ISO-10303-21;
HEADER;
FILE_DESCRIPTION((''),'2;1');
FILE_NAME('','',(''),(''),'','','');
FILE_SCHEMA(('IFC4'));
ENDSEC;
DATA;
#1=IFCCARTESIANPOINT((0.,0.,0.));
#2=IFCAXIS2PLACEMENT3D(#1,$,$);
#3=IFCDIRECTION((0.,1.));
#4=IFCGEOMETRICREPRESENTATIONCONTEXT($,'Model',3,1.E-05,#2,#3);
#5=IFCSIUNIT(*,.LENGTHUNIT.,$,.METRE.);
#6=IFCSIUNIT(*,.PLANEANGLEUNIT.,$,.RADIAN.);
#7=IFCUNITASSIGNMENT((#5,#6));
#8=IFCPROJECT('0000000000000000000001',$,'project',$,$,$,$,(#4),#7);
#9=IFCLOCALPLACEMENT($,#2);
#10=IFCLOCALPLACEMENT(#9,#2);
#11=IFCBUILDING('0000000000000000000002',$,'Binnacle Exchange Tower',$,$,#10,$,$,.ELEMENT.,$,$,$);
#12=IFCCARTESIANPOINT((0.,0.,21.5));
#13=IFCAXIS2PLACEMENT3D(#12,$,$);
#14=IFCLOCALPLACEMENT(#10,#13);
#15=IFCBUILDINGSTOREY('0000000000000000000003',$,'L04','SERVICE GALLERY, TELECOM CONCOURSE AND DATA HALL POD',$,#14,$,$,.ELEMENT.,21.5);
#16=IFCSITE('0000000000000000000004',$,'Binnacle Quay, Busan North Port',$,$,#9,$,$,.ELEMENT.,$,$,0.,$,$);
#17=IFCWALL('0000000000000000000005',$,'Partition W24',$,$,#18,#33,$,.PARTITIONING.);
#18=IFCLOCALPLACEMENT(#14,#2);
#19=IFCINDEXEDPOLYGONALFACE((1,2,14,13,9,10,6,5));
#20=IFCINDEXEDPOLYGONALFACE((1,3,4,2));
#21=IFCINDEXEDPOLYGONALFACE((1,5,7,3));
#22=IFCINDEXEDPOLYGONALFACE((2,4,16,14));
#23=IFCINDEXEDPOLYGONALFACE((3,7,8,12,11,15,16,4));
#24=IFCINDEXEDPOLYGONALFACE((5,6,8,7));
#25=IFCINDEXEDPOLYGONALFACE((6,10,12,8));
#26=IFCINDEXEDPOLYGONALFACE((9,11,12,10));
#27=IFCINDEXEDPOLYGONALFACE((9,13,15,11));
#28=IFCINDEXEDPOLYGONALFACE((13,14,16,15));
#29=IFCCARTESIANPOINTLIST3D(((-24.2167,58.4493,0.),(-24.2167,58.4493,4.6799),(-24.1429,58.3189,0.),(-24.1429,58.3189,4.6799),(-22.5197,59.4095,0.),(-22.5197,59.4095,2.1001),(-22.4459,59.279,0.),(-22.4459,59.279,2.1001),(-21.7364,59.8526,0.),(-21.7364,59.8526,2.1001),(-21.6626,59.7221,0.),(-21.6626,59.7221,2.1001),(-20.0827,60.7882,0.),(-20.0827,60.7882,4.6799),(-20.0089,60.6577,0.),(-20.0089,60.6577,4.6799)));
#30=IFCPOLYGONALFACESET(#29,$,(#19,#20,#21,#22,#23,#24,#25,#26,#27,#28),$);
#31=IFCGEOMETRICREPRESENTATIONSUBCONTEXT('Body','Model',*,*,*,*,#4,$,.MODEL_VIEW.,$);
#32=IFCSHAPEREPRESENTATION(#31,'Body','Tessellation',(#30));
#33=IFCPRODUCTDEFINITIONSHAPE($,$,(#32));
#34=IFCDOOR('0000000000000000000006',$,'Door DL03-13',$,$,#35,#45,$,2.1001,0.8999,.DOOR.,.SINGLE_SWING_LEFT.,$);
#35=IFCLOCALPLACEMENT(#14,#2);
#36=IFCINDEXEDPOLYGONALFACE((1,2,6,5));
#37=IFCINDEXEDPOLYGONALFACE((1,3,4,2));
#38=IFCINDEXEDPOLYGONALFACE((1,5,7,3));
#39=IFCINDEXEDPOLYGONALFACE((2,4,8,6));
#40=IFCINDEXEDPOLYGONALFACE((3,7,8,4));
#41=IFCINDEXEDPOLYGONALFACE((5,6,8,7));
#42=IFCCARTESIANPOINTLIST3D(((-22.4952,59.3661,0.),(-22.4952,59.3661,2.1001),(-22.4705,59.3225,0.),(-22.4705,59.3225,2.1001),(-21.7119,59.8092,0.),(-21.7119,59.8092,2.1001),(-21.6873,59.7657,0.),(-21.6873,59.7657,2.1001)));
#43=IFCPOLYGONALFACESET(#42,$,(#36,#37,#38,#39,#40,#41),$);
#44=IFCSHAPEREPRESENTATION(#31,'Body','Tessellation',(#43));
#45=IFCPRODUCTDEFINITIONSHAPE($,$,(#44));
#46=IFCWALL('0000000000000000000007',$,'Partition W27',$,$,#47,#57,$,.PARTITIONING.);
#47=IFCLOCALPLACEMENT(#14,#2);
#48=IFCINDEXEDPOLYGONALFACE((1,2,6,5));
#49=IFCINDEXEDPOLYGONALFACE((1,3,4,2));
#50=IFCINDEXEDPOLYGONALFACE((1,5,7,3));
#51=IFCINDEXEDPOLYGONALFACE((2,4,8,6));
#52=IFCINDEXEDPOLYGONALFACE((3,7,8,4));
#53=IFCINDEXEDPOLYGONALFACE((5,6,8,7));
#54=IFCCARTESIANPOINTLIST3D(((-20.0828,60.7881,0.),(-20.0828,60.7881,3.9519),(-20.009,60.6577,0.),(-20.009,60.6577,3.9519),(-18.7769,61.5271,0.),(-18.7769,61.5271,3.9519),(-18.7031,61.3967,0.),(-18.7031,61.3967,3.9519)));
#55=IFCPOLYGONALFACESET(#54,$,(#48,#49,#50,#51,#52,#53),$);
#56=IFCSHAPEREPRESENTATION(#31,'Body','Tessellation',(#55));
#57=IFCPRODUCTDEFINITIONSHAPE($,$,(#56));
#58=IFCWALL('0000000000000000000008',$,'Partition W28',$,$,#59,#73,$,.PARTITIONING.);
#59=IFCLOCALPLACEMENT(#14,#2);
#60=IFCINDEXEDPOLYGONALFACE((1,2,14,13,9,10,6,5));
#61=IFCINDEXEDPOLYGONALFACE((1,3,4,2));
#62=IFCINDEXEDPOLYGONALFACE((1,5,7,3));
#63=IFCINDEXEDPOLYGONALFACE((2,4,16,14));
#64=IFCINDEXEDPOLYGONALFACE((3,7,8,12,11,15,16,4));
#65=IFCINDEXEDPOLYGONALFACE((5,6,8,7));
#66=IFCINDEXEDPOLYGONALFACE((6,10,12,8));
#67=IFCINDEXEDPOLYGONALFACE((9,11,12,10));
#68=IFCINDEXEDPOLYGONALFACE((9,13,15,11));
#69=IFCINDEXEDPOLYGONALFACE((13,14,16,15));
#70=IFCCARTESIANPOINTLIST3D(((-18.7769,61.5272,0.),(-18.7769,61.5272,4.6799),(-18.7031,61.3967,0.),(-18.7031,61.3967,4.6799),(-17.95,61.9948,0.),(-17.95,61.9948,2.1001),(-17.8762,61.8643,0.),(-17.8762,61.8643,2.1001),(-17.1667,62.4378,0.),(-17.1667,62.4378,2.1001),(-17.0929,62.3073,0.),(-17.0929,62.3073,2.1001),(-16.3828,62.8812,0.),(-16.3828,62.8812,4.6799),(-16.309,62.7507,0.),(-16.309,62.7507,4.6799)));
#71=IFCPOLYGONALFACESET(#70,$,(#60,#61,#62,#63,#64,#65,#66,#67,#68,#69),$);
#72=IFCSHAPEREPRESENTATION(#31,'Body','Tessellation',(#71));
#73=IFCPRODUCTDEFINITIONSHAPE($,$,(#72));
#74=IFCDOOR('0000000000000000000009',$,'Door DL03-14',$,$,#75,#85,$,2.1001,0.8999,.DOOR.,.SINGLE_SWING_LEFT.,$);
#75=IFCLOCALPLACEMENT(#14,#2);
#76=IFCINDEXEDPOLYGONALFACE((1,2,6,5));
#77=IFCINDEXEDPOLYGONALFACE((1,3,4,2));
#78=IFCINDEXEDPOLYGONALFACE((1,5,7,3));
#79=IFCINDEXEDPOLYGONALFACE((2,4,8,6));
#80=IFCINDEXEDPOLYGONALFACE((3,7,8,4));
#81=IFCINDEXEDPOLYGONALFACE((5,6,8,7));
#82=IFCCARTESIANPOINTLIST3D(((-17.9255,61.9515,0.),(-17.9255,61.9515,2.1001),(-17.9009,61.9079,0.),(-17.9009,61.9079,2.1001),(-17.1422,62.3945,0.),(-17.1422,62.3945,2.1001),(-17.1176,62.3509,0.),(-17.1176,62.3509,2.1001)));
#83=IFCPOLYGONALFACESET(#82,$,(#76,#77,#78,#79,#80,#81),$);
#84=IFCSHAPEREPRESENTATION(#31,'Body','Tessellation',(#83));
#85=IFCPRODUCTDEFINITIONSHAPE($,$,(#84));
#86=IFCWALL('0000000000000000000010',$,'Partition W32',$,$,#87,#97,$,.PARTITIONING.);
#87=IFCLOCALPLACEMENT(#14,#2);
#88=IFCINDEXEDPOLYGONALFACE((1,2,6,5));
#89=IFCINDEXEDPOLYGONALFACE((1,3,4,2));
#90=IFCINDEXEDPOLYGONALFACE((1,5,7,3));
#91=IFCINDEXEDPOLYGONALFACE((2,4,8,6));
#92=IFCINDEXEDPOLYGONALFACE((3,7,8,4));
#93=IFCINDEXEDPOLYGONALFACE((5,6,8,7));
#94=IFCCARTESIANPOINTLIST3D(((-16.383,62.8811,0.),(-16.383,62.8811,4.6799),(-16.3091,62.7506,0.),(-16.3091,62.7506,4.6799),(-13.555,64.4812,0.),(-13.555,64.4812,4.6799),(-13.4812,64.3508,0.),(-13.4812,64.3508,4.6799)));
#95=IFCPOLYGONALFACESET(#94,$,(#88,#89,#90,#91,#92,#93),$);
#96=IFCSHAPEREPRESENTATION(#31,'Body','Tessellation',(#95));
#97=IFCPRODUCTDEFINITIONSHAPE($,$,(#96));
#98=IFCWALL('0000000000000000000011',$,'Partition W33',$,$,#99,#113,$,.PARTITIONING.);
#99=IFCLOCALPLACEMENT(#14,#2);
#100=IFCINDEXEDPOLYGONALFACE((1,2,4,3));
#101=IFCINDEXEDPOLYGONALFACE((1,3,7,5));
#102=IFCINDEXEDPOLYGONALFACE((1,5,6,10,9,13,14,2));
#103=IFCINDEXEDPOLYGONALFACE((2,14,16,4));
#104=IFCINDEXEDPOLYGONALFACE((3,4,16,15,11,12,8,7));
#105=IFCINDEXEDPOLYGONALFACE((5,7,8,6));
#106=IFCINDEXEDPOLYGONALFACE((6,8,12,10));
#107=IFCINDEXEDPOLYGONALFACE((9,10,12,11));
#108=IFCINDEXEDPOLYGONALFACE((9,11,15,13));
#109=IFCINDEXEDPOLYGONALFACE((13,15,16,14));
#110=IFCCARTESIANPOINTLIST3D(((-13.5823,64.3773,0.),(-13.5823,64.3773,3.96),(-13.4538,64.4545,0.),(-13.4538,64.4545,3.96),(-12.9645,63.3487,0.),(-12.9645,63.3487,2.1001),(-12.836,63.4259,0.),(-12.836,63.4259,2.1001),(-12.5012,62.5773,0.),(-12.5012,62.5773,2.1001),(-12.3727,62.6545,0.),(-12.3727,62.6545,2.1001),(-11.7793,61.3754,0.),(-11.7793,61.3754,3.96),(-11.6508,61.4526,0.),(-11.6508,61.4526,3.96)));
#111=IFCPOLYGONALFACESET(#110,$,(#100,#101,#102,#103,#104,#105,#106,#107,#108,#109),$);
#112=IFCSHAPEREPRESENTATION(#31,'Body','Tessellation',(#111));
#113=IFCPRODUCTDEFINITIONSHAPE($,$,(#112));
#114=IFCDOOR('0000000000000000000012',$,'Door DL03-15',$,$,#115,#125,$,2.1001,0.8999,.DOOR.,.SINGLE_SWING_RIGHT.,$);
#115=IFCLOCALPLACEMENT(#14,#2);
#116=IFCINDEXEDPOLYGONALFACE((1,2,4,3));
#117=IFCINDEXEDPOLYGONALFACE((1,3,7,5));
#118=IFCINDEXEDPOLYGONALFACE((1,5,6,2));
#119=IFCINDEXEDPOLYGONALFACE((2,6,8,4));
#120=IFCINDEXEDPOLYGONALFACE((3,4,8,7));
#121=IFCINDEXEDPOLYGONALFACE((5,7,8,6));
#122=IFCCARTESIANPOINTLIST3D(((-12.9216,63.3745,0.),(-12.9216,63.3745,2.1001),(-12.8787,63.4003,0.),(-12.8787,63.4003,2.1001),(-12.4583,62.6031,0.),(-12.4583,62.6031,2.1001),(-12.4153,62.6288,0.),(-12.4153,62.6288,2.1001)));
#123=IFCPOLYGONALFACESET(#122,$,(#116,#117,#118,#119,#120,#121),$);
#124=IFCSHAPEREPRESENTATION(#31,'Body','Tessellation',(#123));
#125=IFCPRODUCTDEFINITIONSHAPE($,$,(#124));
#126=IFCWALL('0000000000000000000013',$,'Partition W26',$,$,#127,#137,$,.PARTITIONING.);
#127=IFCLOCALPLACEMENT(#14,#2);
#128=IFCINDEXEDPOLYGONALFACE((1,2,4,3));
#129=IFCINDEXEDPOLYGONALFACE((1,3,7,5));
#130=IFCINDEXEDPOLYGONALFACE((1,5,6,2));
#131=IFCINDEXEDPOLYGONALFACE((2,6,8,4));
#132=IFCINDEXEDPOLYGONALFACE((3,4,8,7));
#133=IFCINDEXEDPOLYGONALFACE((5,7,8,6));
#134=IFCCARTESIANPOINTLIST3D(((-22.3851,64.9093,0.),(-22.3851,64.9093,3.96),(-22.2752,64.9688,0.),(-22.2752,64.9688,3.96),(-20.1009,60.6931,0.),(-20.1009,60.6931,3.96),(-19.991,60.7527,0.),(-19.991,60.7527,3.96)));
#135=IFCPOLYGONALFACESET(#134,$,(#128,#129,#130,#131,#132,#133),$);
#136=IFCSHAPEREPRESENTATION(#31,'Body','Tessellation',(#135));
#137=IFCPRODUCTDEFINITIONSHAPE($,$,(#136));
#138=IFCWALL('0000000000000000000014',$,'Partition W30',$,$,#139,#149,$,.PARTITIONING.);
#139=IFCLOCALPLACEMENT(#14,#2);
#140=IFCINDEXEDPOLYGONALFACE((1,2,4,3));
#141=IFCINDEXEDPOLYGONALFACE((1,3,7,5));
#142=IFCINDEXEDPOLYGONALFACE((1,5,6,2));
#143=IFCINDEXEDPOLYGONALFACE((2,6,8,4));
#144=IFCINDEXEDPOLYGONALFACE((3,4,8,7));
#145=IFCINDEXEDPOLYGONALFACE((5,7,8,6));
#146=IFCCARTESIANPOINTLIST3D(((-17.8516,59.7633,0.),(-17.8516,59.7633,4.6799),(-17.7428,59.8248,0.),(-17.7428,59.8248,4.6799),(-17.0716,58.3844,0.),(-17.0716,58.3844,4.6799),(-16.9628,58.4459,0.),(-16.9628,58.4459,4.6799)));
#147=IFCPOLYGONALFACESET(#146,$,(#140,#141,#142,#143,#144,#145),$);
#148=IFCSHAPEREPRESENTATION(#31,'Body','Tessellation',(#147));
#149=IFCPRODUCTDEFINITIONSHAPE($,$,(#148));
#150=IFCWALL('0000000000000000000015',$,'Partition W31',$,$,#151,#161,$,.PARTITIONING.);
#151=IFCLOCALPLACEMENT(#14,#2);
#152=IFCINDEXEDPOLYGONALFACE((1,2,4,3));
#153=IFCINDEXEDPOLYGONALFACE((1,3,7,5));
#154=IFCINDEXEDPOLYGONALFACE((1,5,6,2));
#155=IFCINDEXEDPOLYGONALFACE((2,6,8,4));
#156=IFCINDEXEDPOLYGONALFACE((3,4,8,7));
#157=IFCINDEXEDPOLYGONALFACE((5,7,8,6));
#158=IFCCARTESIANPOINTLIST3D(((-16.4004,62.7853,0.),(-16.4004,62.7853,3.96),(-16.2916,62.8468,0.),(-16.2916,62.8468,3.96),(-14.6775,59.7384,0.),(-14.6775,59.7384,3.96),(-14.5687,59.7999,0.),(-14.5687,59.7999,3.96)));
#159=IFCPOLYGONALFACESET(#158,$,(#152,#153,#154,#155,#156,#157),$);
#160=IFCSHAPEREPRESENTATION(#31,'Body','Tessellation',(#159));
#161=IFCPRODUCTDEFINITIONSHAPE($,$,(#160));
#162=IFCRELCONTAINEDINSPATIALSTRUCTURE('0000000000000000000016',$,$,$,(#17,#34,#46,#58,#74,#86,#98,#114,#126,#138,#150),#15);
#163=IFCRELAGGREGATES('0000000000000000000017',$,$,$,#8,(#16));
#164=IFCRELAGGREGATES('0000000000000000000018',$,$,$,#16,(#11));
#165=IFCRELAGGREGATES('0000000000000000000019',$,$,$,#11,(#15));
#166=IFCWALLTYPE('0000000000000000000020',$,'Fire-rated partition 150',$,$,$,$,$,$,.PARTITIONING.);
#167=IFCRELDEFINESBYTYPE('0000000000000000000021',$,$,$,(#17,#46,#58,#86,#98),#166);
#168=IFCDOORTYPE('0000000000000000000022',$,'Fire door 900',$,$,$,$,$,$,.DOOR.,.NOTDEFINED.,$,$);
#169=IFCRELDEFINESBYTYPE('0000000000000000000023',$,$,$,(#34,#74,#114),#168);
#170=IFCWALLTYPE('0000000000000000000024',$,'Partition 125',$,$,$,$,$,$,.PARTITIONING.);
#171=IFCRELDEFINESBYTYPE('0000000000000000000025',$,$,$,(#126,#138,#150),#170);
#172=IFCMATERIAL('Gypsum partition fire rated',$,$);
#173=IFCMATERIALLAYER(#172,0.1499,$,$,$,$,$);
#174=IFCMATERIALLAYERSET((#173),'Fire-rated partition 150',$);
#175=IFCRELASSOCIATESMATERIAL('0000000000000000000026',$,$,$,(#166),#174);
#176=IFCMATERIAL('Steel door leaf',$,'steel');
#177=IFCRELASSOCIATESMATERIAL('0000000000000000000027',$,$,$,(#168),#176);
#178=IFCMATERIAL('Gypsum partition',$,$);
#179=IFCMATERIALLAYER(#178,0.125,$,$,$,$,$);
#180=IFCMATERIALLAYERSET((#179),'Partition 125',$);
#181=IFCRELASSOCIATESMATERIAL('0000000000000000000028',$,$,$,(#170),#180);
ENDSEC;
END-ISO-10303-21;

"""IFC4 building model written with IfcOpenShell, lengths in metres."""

from ifc_helpers import new_model, si_unit, direction, frame, frame_2d, origin, place, context, subcontext, project, spatial, rectangle, extrude, material, layer, layer_set, type_object, element, fill, save


model = new_model("IFC4")

# Units and contexts
model_context = context("Model", 3, precision=1e-05, world=origin(), true_north=direction((0.0, 1.0)))
body_context = subcontext(model_context, "Body", "Model", "MODEL_VIEW")
ifc_project = project(units=[si_unit("LENGTHUNIT", "METRE"), si_unit("PLANEANGLEUNIT", "RADIAN")], contexts=[model_context])

# Site, building, storey
site_placement = place(None, origin())
site = spatial("IfcSite", under=ifc_project, at=site_placement, Name="Binnacle Quay, Busan North Port", CompositionType="ELEMENT", RefElevation=0.0)
building_placement = place(site_placement, origin())
building = spatial("IfcBuilding", under=site, at=building_placement, Name="Binnacle Exchange Tower", CompositionType="ELEMENT")
storey_placement = place(building_placement, frame((0.0, 0.0, 21.5)))
storey = spatial("IfcBuildingStorey", under=building, at=storey_placement, Name="L04", Description="SERVICE GALLERY, TELECOM CONCOURSE AND DATA HALL POD", CompositionType="ELEMENT", Elevation=21.5)

# Shared definitions
ifc_material_1 = material(Name="Gypsum partition fire rated")

# Wall, opening, door
ifc_layer_1 = layer(ifc_material_1, 0.1499)
ifc_layer_set_1 = layer_set([ifc_layer_1], Name="Fire-rated partition 150")
wall_type_1 = type_object("IfcWallType", Name="Fire-rated partition 150", PredefinedType="PARTITIONING", material=ifc_layer_set_1)
wall_1_placement = place(storey_placement, frame((-24.1799, 58.384, 0.0), z_axis=(0.0, 0.0, 1.0), x_axis=(0.870361, 0.492415, 0.0)))
wall_1 = element("IfcWall", 1, at=wall_1_placement, inside=storey, type_object=wall_type_1, Name="Partition W24", PredefinedType="PARTITIONING", context=body_context, shape_type="SweptSolid", body=[
    extrude(rectangle(XDim=4.7498, YDim=0.1499, at=frame_2d((2.375, 0.0))), origin(), (0.0, 0.0, 1.0), 4.6799),
])
opening_1_placement = place(wall_1_placement, frame((1.95, 0.0, 0.0)))
opening_1 = element("IfcOpeningElement", 2, at=opening_1_placement, cuts=wall_1, PredefinedType="OPENING", context=body_context, shape_type="SweptSolid", body=[
    extrude(rectangle(XDim=0.8999, YDim=2.1001, at=frame_2d((0.45, 1.05))), frame((0.0, 0.085, 0.0), z_axis=(0.0, -1.0, 0.0), x_axis=(1.0, 0.0, 0.0)), (0.0, 0.0, 1.0), 0.1699),
])
ifc_material_2 = material(Name="Steel door leaf", Category="steel")
door_type_1 = type_object("IfcDoorType", Name="Fire door 900", OperationType="NOTDEFINED", PredefinedType="DOOR", material=ifc_material_2)
door_1_placement = place(opening_1_placement, frame((0.8999, 0.0, 0.0), z_axis=(0.0, 0.0, 1.0), x_axis=(-1.0, 0.0, 0.0)))
door_1 = element("IfcDoor", 3, at=door_1_placement, inside=storey, type_object=door_type_1, Name="Door DL03-13", OperationType="SINGLE_SWING_LEFT", OverallHeight=2.1001, OverallWidth=0.8999, PredefinedType="DOOR", context=body_context, shape_type="SweptSolid", body=[
    extrude(rectangle(XDim=0.8999, YDim=2.1001, at=frame_2d((0.45, 1.05))), frame((0.0, 0.0249, 0.0), z_axis=(0.0, -1.0, 0.0), x_axis=(1.0, 0.0, 0.0)), (0.0, 0.0, 1.0), 0.05),
])
fill(opening_1, door_1)

# Wall
wall_2_placement = place(storey_placement, frame((-20.0459, 60.7229, 0.0), z_axis=(0.0, 0.0, 1.0), x_axis=(0.870308, 0.492508, 0.0)))
element("IfcWall", 4, at=wall_2_placement, inside=storey, type_object=wall_type_1, Name="Partition W27", PredefinedType="PARTITIONING", context=body_context, shape_type="SweptSolid", body=[
    extrude(rectangle(XDim=1.5005, YDim=0.1499, at=frame_2d((0.7502, 0.0))), origin(), (0.0, 0.0, 1.0), 3.9519),
])

# Wall, opening, door
wall_3_placement = place(storey_placement, frame((-18.74, 61.4619, 0.0), z_axis=(0.0, 0.0, 1.0), x_axis=(0.870431, 0.492291, 0.0)))
wall_3 = element("IfcWall", 5, at=wall_3_placement, inside=storey, type_object=wall_type_1, Name="Partition W28", PredefinedType="PARTITIONING", context=body_context, shape_type="SweptSolid", body=[
    extrude(rectangle(XDim=2.7505, YDim=0.1499, at=frame_2d((1.3752, 0.0))), origin(), (0.0, 0.0, 1.0), 4.6799),
])
opening_2_placement = place(wall_3_placement, frame((0.95, 0.0, 0.0)))
opening_2 = element("IfcOpeningElement", 6, at=opening_2_placement, cuts=wall_3, PredefinedType="OPENING", context=body_context, shape_type="SweptSolid", body=[
    extrude(rectangle(XDim=0.8999, YDim=2.1001, at=frame_2d((0.45, 1.05))), frame((0.0, 0.085, 0.0), z_axis=(0.0, -1.0, 0.0), x_axis=(1.0, 0.0, 0.0)), (0.0, 0.0, 1.0), 0.1699),
])
door_2_placement = place(opening_2_placement, frame((0.8999, 0.0, 0.0), z_axis=(0.0, 0.0, 1.0), x_axis=(-1.0, 0.0, 0.0)))
door_2 = element("IfcDoor", 7, at=door_2_placement, inside=storey, type_object=door_type_1, Name="Door DL03-14", OperationType="SINGLE_SWING_LEFT", OverallHeight=2.1001, OverallWidth=0.8999, PredefinedType="DOOR", context=body_context, shape_type="SweptSolid", body=[
    extrude(rectangle(XDim=0.8999, YDim=2.1001, at=frame_2d((0.45, 1.05))), frame((0.0, 0.0249, 0.0), z_axis=(0.0, -1.0, 0.0), x_axis=(1.0, 0.0, 0.0)), (0.0, 0.0, 1.0), 0.05),
])
fill(opening_2, door_2)

# Wall
wall_4_placement = place(storey_placement, frame((-16.3459, 62.8159, 0.0), z_axis=(0.0, 0.0, 1.0), x_axis=(0.870335, 0.492461, 0.0)))
element("IfcWall", 8, at=wall_4_placement, inside=storey, type_object=wall_type_1, Name="Partition W32", PredefinedType="PARTITIONING", context=body_context, shape_type="SweptSolid", body=[
    extrude(rectangle(XDim=3.2493, YDim=0.1499, at=frame_2d((1.6245, 0.0))), origin(), (0.0, 0.0, 1.0), 4.6799),
])

# Wall, opening, door
wall_5_placement = place(storey_placement, frame((-13.5181, 64.416, 0.0), z_axis=(0.0, 0.0, 1.0), x_axis=(0.514875, -0.857265, 0.0)))
wall_5 = element("IfcWall", 9, at=wall_5_placement, inside=storey, type_object=wall_type_1, Name="Partition W33", PredefinedType="PARTITIONING", context=body_context, shape_type="SweptSolid", body=[
    extrude(rectangle(XDim=3.5017, YDim=0.1499, at=frame_2d((1.751, 0.0))), origin(), (0.0, 0.0, 1.0), 3.96),
])
opening_3_placement = place(wall_5_placement, frame((1.2, 0.0, 0.0)))
opening_3 = element("IfcOpeningElement", 10, at=opening_3_placement, cuts=wall_5, PredefinedType="OPENING", context=body_context, shape_type="SweptSolid", body=[
    extrude(rectangle(XDim=0.8999, YDim=2.1001, at=frame_2d((0.45, 1.05))), frame((0.0, 0.085, 0.0), z_axis=(0.0, -1.0, 0.0), x_axis=(1.0, 0.0, 0.0)), (0.0, 0.0, 1.0), 0.1699),
])
door_3_placement = place(opening_3_placement, frame((0.8999, 0.0, 0.0), z_axis=(0.0, 0.0, 1.0), x_axis=(-1.0, 0.0, 0.0)))
door_3 = element("IfcDoor", 11, at=door_3_placement, inside=storey, type_object=door_type_1, Name="Door DL03-15", OperationType="SINGLE_SWING_RIGHT", OverallHeight=2.1001, OverallWidth=0.8999, PredefinedType="DOOR", context=body_context, shape_type="SweptSolid", body=[
    extrude(rectangle(XDim=0.8999, YDim=2.1001, at=frame_2d((0.45, 1.05))), frame((0.0, 0.0249, 0.0), z_axis=(0.0, -1.0, 0.0), x_axis=(1.0, 0.0, 0.0)), (0.0, 0.0, 1.0), 0.05),
])
fill(opening_3, door_3)

# Walls
ifc_material_3 = material(Name="Gypsum partition")
ifc_layer_2 = layer(ifc_material_3, 0.125)
ifc_layer_set_2 = layer_set([ifc_layer_2], Name="Partition 125")
wall_type_2 = type_object("IfcWallType", Name="Partition 125", PredefinedType="PARTITIONING", material=ifc_layer_set_2)
wall_6_placement = place(storey_placement, frame((-22.3301, 64.939, 0.0), z_axis=(0.0, 0.0, 1.0), x_axis=(0.47636, -0.87925, 0.0)))
element("IfcWall", 12, at=wall_6_placement, inside=storey, type_object=wall_type_2, Name="Partition W26", PredefinedType="PARTITIONING", context=body_context, shape_type="SweptSolid", body=[
    extrude(rectangle(XDim=4.7952, YDim=0.125, at=frame_2d((2.3975, 0.0))), origin(), (0.0, 0.0, 1.0), 3.96),
])
wall_7_placement = place(storey_placement, frame((-17.7971, 59.7939, 0.0), z_axis=(0.0, 0.0, 1.0), x_axis=(0.492367, -0.870388, 0.0)))
element("IfcWall", 13, at=wall_7_placement, inside=storey, type_object=wall_type_2, Name="Partition W30", PredefinedType="PARTITIONING", context=body_context, shape_type="SweptSolid", body=[
    extrude(rectangle(XDim=1.5842, YDim=0.125, at=frame_2d((0.792, 0.0))), origin(), (0.0, 0.0, 1.0), 4.6799),
])
wall_8_placement = place(storey_placement, frame((-16.3459, 62.8159, 0.0), z_axis=(0.0, 0.0, 1.0), x_axis=(0.49222, -0.870471, 0.0)))
element("IfcWall", 14, at=wall_8_placement, inside=storey, type_object=wall_type_2, Name="Partition W31", PredefinedType="PARTITIONING", context=body_context, shape_type="SweptSolid", body=[
    extrude(rectangle(XDim=3.5002, YDim=0.125, at=frame_2d((1.75, 0.0))), origin(), (0.0, 0.0, 1.0), 3.96),
])

save(model, "model.ifc")
